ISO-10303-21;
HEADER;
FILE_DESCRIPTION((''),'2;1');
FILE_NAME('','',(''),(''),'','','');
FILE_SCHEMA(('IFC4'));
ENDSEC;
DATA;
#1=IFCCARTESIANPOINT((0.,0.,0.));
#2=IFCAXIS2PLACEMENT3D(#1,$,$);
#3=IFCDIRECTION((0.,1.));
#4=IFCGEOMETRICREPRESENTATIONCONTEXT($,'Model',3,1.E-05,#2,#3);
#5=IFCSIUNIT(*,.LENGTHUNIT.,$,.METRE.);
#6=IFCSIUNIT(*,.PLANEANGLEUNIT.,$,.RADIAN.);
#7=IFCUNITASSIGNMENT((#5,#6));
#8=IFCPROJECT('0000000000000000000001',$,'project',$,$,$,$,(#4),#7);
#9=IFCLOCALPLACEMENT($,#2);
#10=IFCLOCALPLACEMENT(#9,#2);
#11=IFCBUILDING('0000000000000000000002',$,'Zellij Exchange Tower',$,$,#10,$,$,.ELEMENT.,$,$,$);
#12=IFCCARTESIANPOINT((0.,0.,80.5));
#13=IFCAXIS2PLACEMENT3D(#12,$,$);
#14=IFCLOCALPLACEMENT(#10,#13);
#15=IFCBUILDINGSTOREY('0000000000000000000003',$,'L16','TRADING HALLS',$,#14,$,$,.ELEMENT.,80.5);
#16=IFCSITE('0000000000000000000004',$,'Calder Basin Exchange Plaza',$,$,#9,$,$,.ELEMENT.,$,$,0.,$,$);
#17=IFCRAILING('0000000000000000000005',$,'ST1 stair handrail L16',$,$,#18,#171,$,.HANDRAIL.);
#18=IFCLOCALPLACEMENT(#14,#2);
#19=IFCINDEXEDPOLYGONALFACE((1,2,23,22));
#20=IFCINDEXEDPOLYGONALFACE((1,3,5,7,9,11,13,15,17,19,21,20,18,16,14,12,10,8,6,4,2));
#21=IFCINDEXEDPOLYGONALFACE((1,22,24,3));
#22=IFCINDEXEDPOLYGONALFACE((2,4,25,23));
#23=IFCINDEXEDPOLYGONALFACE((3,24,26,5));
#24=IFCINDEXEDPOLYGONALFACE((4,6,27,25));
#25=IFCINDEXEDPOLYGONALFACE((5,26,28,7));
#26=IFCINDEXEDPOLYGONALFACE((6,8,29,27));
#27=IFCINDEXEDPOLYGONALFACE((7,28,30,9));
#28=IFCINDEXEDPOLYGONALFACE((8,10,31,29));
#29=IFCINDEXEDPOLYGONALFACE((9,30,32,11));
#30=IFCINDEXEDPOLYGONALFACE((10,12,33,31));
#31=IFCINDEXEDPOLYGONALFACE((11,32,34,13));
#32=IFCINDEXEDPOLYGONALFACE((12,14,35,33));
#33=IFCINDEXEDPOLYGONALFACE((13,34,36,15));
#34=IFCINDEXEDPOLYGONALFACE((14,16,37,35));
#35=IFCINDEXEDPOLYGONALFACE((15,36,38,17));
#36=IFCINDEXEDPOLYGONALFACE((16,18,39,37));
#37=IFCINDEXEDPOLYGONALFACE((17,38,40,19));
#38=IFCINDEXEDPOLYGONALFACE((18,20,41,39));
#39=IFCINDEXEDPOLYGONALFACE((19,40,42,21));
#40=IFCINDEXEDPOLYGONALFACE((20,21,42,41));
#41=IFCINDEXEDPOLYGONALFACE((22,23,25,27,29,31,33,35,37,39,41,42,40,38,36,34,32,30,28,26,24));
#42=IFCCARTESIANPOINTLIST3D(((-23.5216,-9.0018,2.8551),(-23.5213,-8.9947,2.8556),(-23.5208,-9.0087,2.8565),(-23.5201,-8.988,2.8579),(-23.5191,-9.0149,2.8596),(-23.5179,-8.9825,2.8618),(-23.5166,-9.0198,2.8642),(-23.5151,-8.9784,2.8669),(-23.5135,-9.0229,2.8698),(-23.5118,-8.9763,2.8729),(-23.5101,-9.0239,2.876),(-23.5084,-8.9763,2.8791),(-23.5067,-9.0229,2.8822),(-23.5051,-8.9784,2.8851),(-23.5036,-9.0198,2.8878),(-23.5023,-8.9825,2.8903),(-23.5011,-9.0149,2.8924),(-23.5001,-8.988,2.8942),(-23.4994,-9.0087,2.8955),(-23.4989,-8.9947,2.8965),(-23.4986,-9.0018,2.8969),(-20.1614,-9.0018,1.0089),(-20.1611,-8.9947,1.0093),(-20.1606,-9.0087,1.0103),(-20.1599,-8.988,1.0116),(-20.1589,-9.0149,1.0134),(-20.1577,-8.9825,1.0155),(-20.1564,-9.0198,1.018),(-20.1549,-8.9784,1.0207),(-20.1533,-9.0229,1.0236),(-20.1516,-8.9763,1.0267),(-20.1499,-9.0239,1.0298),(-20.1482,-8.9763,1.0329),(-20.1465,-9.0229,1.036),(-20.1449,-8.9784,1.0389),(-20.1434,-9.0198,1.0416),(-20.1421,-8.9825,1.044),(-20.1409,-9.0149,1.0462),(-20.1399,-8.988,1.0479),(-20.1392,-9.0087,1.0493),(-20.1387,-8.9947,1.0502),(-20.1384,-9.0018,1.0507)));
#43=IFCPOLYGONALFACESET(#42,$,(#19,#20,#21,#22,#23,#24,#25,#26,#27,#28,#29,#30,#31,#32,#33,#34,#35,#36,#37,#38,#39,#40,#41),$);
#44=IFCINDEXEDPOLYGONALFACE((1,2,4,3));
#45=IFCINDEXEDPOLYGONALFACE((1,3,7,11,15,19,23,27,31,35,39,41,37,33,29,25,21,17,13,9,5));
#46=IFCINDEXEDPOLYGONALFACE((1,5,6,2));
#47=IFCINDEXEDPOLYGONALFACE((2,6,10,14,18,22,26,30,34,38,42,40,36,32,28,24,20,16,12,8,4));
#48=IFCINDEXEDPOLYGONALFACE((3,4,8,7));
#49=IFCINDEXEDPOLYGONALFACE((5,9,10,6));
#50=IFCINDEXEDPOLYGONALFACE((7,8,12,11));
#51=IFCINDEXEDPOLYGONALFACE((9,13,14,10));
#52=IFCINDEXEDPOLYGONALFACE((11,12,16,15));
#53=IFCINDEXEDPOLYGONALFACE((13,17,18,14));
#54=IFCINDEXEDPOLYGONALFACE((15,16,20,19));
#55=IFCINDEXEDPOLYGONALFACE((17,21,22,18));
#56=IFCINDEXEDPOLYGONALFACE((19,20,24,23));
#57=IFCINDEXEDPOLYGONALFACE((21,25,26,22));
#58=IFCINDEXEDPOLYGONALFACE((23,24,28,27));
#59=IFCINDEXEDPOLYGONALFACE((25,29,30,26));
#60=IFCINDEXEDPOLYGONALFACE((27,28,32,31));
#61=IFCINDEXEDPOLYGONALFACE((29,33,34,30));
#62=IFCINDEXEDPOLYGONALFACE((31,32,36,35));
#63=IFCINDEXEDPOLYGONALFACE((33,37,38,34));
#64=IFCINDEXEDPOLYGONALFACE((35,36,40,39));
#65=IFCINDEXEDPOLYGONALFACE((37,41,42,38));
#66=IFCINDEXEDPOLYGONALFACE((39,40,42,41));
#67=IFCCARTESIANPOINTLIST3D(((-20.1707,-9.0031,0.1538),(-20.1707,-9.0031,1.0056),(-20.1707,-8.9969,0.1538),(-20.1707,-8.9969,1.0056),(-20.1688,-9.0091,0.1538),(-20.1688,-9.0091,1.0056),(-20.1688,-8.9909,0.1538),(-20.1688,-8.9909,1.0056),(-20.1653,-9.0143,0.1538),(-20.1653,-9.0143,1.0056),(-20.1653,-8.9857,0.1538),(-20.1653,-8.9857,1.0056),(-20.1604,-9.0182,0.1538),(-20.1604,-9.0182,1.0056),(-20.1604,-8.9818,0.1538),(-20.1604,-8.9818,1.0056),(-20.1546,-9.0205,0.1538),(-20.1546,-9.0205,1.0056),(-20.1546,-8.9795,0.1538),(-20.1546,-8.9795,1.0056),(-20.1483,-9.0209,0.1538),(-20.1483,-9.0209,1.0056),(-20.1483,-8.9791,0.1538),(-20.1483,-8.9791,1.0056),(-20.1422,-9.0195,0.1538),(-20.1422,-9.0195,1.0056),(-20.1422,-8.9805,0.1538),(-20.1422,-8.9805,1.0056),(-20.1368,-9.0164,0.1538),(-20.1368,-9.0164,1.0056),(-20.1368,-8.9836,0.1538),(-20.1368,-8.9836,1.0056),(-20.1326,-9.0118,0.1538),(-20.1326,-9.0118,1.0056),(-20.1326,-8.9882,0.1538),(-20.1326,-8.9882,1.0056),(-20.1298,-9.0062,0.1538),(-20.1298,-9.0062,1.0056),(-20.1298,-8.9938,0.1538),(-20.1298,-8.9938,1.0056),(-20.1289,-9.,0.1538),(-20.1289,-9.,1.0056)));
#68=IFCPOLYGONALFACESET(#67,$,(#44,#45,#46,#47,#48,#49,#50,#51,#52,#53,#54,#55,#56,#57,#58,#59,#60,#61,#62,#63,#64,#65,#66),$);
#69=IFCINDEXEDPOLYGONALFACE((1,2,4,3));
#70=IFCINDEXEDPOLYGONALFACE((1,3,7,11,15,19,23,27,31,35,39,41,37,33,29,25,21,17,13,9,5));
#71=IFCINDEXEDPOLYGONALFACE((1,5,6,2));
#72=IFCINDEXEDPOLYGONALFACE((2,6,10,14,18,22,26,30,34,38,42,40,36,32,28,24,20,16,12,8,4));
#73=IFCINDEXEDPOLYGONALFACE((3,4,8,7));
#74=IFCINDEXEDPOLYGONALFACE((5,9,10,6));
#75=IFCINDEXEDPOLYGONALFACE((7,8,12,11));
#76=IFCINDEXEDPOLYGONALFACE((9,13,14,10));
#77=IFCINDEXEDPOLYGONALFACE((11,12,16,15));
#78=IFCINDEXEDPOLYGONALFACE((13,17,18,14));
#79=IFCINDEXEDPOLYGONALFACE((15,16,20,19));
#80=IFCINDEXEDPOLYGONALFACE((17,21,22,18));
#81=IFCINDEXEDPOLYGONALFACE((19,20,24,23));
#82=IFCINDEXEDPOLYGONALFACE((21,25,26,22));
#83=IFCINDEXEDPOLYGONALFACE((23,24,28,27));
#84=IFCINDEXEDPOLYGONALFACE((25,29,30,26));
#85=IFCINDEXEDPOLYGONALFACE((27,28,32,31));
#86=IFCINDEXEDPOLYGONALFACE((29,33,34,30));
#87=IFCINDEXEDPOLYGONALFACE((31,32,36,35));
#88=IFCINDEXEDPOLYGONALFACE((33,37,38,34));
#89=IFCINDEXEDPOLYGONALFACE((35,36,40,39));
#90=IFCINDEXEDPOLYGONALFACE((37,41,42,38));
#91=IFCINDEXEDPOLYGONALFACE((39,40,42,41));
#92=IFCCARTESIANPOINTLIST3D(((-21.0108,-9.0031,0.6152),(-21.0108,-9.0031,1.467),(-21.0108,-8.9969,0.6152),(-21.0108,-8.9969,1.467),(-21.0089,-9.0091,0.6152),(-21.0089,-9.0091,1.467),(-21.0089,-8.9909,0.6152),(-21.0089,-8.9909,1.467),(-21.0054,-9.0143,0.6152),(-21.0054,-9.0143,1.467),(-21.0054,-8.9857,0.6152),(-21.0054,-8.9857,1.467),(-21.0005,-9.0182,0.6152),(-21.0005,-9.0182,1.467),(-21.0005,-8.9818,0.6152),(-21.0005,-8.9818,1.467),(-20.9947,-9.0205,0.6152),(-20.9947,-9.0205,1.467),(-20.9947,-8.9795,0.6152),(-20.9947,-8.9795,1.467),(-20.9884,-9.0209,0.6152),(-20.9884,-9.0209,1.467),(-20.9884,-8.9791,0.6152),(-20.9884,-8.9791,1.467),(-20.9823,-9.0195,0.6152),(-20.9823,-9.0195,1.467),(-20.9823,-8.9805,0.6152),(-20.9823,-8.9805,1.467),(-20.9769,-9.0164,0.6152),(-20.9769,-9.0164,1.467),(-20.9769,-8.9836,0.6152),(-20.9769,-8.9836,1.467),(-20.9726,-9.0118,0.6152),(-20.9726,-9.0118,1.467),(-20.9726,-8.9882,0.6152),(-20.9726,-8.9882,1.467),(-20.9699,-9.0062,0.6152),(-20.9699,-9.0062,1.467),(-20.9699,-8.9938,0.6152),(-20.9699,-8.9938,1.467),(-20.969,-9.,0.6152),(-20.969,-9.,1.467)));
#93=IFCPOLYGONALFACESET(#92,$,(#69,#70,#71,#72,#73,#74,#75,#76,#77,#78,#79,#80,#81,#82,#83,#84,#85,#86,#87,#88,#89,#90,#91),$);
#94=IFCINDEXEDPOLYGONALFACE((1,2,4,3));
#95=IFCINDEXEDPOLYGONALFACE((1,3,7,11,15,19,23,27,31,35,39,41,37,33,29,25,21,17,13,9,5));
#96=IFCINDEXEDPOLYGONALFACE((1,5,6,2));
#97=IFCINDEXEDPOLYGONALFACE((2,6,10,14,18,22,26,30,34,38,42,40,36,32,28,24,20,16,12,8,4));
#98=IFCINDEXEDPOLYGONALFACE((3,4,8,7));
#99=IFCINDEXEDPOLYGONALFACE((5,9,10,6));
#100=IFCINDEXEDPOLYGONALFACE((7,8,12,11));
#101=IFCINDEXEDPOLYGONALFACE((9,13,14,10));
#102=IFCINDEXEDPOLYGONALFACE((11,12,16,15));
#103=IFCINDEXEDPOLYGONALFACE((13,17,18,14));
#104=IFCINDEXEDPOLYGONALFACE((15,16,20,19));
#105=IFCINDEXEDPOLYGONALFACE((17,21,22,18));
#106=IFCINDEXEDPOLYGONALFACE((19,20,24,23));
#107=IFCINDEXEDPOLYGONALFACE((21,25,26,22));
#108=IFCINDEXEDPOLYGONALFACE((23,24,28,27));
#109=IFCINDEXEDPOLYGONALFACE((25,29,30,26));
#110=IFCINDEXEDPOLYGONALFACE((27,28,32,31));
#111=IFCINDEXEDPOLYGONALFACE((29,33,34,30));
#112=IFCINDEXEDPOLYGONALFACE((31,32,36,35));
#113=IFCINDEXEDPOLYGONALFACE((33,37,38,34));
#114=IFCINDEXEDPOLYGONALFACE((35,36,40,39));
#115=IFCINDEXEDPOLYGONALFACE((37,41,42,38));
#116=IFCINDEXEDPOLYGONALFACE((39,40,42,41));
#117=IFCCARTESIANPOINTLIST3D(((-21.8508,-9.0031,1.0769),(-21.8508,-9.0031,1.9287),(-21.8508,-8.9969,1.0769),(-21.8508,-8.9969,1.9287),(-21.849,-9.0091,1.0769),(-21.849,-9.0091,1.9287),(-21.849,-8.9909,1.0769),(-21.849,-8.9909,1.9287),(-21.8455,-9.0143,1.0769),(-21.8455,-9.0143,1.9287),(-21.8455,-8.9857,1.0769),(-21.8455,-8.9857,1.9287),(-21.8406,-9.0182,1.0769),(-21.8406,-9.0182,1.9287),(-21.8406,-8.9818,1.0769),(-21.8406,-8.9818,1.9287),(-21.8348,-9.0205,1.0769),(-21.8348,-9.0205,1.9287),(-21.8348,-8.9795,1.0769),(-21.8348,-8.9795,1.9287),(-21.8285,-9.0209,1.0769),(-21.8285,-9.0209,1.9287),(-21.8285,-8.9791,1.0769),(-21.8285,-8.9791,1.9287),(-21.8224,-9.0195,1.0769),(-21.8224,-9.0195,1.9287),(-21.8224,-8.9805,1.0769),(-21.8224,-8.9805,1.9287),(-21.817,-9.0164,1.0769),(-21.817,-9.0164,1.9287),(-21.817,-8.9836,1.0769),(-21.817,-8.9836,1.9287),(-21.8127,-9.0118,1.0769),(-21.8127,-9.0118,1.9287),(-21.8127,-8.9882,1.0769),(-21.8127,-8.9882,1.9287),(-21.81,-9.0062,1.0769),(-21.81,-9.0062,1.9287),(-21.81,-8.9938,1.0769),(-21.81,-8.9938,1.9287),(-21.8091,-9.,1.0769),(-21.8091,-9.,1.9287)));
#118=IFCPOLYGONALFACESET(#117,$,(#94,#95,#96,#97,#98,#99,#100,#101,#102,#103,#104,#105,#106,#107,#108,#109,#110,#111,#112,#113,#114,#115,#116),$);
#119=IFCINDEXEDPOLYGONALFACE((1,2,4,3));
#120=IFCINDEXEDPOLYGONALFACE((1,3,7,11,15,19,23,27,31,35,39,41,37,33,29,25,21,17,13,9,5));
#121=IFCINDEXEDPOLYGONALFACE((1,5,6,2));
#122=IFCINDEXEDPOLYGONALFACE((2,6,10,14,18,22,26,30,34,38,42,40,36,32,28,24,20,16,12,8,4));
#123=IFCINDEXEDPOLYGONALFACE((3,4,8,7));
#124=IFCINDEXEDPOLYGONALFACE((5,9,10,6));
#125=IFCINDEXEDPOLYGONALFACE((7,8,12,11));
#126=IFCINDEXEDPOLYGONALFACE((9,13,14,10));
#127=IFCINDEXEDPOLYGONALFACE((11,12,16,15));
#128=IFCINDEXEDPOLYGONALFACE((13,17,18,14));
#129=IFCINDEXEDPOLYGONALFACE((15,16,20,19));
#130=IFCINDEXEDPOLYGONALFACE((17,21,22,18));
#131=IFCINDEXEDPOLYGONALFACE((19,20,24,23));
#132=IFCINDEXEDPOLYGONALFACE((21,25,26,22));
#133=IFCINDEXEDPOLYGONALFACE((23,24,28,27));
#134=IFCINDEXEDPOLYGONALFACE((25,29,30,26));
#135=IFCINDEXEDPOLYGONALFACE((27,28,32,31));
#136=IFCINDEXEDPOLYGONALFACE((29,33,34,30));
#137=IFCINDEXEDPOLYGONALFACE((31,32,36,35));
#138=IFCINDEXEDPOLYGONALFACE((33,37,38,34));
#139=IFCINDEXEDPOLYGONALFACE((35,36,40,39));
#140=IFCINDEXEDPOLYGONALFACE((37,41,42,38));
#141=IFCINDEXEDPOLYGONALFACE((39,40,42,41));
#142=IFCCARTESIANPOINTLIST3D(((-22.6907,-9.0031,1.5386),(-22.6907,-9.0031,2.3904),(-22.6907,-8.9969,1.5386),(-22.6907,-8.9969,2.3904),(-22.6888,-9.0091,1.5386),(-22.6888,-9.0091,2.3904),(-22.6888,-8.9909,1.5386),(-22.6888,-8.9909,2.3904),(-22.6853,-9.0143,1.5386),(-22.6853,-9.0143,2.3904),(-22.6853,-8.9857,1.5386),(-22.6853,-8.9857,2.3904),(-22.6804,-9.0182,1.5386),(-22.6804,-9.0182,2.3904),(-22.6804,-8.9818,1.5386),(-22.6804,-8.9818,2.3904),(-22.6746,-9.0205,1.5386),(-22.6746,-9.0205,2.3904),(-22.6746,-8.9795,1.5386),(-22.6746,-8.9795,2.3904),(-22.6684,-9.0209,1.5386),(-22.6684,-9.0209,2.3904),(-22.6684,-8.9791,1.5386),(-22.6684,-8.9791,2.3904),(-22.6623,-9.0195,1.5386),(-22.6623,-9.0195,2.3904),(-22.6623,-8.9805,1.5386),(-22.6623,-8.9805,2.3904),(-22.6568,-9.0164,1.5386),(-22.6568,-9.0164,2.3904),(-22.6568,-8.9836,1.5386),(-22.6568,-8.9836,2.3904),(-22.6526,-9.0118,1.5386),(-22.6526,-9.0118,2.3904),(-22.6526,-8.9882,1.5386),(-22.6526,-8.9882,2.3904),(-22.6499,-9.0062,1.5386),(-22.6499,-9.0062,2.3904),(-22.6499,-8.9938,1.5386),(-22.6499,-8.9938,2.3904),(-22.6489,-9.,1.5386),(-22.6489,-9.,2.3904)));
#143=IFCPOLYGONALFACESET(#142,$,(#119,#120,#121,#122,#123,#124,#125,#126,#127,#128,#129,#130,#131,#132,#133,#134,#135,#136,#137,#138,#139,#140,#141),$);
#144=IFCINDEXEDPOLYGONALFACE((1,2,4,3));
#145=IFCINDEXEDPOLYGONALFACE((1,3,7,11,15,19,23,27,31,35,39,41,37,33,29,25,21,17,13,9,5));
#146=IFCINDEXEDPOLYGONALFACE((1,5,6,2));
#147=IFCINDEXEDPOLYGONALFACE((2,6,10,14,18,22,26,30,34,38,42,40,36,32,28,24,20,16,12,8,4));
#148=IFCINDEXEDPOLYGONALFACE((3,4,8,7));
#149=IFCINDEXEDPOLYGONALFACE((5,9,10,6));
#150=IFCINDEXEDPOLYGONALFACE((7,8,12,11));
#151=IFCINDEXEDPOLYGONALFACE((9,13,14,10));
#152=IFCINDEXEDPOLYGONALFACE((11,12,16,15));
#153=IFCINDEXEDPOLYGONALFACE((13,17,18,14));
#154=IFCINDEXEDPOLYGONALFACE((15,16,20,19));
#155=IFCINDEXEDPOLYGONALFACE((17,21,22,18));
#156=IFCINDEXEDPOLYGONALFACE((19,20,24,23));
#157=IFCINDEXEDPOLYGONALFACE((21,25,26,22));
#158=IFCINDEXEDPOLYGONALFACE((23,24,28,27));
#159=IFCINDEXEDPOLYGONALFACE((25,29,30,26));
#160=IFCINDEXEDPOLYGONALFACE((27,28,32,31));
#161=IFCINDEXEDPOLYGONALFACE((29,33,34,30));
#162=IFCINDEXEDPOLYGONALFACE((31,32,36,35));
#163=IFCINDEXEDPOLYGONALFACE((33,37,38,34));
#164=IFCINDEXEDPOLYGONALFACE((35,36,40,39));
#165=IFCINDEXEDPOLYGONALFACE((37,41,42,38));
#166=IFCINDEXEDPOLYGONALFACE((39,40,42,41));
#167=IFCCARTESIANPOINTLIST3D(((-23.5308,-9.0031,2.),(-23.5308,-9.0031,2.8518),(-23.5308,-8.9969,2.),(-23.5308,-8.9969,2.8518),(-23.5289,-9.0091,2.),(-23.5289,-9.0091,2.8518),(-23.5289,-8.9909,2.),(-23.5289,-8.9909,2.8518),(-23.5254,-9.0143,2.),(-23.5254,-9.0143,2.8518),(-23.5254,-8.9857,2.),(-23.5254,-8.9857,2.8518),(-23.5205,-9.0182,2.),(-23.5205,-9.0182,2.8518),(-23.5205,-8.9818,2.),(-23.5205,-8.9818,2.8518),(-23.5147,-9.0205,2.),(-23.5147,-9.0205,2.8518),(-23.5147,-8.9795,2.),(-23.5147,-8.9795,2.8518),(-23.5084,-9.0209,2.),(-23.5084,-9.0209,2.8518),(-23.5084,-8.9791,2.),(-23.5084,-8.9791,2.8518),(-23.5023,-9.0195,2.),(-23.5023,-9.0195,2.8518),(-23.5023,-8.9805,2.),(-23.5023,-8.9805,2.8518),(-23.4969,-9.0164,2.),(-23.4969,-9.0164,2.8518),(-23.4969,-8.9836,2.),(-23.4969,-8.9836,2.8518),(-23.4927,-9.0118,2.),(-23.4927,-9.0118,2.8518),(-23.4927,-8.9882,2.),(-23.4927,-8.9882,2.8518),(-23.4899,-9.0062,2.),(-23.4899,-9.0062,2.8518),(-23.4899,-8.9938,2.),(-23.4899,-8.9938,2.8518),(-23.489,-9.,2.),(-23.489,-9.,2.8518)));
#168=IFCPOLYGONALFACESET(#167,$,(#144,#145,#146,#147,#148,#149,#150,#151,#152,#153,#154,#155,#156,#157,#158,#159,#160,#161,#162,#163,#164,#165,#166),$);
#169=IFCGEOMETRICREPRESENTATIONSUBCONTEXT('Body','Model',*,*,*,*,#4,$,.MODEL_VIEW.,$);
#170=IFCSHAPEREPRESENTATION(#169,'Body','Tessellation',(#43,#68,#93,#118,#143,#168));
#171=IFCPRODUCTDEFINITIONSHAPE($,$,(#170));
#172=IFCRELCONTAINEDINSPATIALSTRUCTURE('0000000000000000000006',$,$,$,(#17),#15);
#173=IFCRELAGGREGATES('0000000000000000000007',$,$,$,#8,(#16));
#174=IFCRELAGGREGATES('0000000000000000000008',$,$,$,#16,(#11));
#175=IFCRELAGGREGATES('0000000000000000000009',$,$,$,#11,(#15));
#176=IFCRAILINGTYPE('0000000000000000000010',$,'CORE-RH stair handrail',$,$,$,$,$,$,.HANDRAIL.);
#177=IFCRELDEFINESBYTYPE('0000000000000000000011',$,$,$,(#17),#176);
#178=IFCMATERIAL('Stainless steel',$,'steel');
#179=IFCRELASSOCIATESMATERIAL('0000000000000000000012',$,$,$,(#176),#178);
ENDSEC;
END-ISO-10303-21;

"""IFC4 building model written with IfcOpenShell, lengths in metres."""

from ifc_helpers import new_model, si_unit, direction, frame, origin, origin_2d, place, context, subcontext, project, spatial, circle, extrude, material, type_object, element, save


model = new_model("IFC4")

# Units and contexts
model_context = context("Model", 3, precision=1e-05, world=origin(), true_north=direction((0.0, 1.0)))
body_context = subcontext(model_context, "Body", "Model", "MODEL_VIEW")
ifc_project = project(units=[si_unit("LENGTHUNIT", "METRE"), si_unit("PLANEANGLEUNIT", "RADIAN")], contexts=[model_context])

# Site, building, storey
site_placement = place(None, origin())
site = spatial("IfcSite", under=ifc_project, at=site_placement, Name="Calder Basin Exchange Plaza", CompositionType="ELEMENT", RefElevation=0.0)
building_placement = place(site_placement, origin())
building = spatial("IfcBuilding", under=site, at=building_placement, Name="Zellij Exchange Tower", CompositionType="ELEMENT")
storey_placement = place(building_placement, frame((0.0, 0.0, 80.5)))
storey = spatial("IfcBuildingStorey", under=building, at=storey_placement, Name="L16", Description="TRADING HALLS", CompositionType="ELEMENT", Elevation=80.5)

# Railing
ifc_material_1 = material(Name="Stainless steel", Category="steel")
railing_type_1 = type_object("IfcRailingType", Name="CORE-RH stair handrail", PredefinedType="HANDRAIL", material=ifc_material_1)
railing_1_placement = place(storey_placement, frame((-20.1499, -9.0, 0.1538)))
element("IfcRailing", 1, at=railing_1_placement, inside=storey, type_object=railing_type_1, Name="ST1 stair handrail L16", PredefinedType="HANDRAIL", context=body_context, shape_type="SweptSolid", body=[
    extrude(circle(Radius=0.0239, at=origin_2d()), frame((0.0, 0.0, 0.876), z_axis=(-0.876422, 0.0, 0.481545), x_axis=(0.0, -1.0, 0.0)), (0.0, 0.0, 1.0), 3.834),
    extrude(circle(Radius=0.021, at=origin_2d()), origin(), (0.0, 0.0, 1.0), 0.8518),
    extrude(circle(Radius=0.021, at=origin_2d()), frame((-0.8401, 0.0, 0.4614)), (0.0, 0.0, 1.0), 0.8518),
    extrude(circle(Radius=0.021, at=origin_2d()), frame((-1.6802, 0.0, 0.9231)), (0.0, 0.0, 1.0), 0.8518),
    extrude(circle(Radius=0.021, at=origin_2d()), frame((-2.52, 0.0, 1.3848)), (0.0, 0.0, 1.0), 0.8518),
    extrude(circle(Radius=0.021, at=origin_2d()), frame((-3.3601, 0.0, 1.8462)), (0.0, 0.0, 1.0), 0.8518),
])

save(model, "model.ifc")
